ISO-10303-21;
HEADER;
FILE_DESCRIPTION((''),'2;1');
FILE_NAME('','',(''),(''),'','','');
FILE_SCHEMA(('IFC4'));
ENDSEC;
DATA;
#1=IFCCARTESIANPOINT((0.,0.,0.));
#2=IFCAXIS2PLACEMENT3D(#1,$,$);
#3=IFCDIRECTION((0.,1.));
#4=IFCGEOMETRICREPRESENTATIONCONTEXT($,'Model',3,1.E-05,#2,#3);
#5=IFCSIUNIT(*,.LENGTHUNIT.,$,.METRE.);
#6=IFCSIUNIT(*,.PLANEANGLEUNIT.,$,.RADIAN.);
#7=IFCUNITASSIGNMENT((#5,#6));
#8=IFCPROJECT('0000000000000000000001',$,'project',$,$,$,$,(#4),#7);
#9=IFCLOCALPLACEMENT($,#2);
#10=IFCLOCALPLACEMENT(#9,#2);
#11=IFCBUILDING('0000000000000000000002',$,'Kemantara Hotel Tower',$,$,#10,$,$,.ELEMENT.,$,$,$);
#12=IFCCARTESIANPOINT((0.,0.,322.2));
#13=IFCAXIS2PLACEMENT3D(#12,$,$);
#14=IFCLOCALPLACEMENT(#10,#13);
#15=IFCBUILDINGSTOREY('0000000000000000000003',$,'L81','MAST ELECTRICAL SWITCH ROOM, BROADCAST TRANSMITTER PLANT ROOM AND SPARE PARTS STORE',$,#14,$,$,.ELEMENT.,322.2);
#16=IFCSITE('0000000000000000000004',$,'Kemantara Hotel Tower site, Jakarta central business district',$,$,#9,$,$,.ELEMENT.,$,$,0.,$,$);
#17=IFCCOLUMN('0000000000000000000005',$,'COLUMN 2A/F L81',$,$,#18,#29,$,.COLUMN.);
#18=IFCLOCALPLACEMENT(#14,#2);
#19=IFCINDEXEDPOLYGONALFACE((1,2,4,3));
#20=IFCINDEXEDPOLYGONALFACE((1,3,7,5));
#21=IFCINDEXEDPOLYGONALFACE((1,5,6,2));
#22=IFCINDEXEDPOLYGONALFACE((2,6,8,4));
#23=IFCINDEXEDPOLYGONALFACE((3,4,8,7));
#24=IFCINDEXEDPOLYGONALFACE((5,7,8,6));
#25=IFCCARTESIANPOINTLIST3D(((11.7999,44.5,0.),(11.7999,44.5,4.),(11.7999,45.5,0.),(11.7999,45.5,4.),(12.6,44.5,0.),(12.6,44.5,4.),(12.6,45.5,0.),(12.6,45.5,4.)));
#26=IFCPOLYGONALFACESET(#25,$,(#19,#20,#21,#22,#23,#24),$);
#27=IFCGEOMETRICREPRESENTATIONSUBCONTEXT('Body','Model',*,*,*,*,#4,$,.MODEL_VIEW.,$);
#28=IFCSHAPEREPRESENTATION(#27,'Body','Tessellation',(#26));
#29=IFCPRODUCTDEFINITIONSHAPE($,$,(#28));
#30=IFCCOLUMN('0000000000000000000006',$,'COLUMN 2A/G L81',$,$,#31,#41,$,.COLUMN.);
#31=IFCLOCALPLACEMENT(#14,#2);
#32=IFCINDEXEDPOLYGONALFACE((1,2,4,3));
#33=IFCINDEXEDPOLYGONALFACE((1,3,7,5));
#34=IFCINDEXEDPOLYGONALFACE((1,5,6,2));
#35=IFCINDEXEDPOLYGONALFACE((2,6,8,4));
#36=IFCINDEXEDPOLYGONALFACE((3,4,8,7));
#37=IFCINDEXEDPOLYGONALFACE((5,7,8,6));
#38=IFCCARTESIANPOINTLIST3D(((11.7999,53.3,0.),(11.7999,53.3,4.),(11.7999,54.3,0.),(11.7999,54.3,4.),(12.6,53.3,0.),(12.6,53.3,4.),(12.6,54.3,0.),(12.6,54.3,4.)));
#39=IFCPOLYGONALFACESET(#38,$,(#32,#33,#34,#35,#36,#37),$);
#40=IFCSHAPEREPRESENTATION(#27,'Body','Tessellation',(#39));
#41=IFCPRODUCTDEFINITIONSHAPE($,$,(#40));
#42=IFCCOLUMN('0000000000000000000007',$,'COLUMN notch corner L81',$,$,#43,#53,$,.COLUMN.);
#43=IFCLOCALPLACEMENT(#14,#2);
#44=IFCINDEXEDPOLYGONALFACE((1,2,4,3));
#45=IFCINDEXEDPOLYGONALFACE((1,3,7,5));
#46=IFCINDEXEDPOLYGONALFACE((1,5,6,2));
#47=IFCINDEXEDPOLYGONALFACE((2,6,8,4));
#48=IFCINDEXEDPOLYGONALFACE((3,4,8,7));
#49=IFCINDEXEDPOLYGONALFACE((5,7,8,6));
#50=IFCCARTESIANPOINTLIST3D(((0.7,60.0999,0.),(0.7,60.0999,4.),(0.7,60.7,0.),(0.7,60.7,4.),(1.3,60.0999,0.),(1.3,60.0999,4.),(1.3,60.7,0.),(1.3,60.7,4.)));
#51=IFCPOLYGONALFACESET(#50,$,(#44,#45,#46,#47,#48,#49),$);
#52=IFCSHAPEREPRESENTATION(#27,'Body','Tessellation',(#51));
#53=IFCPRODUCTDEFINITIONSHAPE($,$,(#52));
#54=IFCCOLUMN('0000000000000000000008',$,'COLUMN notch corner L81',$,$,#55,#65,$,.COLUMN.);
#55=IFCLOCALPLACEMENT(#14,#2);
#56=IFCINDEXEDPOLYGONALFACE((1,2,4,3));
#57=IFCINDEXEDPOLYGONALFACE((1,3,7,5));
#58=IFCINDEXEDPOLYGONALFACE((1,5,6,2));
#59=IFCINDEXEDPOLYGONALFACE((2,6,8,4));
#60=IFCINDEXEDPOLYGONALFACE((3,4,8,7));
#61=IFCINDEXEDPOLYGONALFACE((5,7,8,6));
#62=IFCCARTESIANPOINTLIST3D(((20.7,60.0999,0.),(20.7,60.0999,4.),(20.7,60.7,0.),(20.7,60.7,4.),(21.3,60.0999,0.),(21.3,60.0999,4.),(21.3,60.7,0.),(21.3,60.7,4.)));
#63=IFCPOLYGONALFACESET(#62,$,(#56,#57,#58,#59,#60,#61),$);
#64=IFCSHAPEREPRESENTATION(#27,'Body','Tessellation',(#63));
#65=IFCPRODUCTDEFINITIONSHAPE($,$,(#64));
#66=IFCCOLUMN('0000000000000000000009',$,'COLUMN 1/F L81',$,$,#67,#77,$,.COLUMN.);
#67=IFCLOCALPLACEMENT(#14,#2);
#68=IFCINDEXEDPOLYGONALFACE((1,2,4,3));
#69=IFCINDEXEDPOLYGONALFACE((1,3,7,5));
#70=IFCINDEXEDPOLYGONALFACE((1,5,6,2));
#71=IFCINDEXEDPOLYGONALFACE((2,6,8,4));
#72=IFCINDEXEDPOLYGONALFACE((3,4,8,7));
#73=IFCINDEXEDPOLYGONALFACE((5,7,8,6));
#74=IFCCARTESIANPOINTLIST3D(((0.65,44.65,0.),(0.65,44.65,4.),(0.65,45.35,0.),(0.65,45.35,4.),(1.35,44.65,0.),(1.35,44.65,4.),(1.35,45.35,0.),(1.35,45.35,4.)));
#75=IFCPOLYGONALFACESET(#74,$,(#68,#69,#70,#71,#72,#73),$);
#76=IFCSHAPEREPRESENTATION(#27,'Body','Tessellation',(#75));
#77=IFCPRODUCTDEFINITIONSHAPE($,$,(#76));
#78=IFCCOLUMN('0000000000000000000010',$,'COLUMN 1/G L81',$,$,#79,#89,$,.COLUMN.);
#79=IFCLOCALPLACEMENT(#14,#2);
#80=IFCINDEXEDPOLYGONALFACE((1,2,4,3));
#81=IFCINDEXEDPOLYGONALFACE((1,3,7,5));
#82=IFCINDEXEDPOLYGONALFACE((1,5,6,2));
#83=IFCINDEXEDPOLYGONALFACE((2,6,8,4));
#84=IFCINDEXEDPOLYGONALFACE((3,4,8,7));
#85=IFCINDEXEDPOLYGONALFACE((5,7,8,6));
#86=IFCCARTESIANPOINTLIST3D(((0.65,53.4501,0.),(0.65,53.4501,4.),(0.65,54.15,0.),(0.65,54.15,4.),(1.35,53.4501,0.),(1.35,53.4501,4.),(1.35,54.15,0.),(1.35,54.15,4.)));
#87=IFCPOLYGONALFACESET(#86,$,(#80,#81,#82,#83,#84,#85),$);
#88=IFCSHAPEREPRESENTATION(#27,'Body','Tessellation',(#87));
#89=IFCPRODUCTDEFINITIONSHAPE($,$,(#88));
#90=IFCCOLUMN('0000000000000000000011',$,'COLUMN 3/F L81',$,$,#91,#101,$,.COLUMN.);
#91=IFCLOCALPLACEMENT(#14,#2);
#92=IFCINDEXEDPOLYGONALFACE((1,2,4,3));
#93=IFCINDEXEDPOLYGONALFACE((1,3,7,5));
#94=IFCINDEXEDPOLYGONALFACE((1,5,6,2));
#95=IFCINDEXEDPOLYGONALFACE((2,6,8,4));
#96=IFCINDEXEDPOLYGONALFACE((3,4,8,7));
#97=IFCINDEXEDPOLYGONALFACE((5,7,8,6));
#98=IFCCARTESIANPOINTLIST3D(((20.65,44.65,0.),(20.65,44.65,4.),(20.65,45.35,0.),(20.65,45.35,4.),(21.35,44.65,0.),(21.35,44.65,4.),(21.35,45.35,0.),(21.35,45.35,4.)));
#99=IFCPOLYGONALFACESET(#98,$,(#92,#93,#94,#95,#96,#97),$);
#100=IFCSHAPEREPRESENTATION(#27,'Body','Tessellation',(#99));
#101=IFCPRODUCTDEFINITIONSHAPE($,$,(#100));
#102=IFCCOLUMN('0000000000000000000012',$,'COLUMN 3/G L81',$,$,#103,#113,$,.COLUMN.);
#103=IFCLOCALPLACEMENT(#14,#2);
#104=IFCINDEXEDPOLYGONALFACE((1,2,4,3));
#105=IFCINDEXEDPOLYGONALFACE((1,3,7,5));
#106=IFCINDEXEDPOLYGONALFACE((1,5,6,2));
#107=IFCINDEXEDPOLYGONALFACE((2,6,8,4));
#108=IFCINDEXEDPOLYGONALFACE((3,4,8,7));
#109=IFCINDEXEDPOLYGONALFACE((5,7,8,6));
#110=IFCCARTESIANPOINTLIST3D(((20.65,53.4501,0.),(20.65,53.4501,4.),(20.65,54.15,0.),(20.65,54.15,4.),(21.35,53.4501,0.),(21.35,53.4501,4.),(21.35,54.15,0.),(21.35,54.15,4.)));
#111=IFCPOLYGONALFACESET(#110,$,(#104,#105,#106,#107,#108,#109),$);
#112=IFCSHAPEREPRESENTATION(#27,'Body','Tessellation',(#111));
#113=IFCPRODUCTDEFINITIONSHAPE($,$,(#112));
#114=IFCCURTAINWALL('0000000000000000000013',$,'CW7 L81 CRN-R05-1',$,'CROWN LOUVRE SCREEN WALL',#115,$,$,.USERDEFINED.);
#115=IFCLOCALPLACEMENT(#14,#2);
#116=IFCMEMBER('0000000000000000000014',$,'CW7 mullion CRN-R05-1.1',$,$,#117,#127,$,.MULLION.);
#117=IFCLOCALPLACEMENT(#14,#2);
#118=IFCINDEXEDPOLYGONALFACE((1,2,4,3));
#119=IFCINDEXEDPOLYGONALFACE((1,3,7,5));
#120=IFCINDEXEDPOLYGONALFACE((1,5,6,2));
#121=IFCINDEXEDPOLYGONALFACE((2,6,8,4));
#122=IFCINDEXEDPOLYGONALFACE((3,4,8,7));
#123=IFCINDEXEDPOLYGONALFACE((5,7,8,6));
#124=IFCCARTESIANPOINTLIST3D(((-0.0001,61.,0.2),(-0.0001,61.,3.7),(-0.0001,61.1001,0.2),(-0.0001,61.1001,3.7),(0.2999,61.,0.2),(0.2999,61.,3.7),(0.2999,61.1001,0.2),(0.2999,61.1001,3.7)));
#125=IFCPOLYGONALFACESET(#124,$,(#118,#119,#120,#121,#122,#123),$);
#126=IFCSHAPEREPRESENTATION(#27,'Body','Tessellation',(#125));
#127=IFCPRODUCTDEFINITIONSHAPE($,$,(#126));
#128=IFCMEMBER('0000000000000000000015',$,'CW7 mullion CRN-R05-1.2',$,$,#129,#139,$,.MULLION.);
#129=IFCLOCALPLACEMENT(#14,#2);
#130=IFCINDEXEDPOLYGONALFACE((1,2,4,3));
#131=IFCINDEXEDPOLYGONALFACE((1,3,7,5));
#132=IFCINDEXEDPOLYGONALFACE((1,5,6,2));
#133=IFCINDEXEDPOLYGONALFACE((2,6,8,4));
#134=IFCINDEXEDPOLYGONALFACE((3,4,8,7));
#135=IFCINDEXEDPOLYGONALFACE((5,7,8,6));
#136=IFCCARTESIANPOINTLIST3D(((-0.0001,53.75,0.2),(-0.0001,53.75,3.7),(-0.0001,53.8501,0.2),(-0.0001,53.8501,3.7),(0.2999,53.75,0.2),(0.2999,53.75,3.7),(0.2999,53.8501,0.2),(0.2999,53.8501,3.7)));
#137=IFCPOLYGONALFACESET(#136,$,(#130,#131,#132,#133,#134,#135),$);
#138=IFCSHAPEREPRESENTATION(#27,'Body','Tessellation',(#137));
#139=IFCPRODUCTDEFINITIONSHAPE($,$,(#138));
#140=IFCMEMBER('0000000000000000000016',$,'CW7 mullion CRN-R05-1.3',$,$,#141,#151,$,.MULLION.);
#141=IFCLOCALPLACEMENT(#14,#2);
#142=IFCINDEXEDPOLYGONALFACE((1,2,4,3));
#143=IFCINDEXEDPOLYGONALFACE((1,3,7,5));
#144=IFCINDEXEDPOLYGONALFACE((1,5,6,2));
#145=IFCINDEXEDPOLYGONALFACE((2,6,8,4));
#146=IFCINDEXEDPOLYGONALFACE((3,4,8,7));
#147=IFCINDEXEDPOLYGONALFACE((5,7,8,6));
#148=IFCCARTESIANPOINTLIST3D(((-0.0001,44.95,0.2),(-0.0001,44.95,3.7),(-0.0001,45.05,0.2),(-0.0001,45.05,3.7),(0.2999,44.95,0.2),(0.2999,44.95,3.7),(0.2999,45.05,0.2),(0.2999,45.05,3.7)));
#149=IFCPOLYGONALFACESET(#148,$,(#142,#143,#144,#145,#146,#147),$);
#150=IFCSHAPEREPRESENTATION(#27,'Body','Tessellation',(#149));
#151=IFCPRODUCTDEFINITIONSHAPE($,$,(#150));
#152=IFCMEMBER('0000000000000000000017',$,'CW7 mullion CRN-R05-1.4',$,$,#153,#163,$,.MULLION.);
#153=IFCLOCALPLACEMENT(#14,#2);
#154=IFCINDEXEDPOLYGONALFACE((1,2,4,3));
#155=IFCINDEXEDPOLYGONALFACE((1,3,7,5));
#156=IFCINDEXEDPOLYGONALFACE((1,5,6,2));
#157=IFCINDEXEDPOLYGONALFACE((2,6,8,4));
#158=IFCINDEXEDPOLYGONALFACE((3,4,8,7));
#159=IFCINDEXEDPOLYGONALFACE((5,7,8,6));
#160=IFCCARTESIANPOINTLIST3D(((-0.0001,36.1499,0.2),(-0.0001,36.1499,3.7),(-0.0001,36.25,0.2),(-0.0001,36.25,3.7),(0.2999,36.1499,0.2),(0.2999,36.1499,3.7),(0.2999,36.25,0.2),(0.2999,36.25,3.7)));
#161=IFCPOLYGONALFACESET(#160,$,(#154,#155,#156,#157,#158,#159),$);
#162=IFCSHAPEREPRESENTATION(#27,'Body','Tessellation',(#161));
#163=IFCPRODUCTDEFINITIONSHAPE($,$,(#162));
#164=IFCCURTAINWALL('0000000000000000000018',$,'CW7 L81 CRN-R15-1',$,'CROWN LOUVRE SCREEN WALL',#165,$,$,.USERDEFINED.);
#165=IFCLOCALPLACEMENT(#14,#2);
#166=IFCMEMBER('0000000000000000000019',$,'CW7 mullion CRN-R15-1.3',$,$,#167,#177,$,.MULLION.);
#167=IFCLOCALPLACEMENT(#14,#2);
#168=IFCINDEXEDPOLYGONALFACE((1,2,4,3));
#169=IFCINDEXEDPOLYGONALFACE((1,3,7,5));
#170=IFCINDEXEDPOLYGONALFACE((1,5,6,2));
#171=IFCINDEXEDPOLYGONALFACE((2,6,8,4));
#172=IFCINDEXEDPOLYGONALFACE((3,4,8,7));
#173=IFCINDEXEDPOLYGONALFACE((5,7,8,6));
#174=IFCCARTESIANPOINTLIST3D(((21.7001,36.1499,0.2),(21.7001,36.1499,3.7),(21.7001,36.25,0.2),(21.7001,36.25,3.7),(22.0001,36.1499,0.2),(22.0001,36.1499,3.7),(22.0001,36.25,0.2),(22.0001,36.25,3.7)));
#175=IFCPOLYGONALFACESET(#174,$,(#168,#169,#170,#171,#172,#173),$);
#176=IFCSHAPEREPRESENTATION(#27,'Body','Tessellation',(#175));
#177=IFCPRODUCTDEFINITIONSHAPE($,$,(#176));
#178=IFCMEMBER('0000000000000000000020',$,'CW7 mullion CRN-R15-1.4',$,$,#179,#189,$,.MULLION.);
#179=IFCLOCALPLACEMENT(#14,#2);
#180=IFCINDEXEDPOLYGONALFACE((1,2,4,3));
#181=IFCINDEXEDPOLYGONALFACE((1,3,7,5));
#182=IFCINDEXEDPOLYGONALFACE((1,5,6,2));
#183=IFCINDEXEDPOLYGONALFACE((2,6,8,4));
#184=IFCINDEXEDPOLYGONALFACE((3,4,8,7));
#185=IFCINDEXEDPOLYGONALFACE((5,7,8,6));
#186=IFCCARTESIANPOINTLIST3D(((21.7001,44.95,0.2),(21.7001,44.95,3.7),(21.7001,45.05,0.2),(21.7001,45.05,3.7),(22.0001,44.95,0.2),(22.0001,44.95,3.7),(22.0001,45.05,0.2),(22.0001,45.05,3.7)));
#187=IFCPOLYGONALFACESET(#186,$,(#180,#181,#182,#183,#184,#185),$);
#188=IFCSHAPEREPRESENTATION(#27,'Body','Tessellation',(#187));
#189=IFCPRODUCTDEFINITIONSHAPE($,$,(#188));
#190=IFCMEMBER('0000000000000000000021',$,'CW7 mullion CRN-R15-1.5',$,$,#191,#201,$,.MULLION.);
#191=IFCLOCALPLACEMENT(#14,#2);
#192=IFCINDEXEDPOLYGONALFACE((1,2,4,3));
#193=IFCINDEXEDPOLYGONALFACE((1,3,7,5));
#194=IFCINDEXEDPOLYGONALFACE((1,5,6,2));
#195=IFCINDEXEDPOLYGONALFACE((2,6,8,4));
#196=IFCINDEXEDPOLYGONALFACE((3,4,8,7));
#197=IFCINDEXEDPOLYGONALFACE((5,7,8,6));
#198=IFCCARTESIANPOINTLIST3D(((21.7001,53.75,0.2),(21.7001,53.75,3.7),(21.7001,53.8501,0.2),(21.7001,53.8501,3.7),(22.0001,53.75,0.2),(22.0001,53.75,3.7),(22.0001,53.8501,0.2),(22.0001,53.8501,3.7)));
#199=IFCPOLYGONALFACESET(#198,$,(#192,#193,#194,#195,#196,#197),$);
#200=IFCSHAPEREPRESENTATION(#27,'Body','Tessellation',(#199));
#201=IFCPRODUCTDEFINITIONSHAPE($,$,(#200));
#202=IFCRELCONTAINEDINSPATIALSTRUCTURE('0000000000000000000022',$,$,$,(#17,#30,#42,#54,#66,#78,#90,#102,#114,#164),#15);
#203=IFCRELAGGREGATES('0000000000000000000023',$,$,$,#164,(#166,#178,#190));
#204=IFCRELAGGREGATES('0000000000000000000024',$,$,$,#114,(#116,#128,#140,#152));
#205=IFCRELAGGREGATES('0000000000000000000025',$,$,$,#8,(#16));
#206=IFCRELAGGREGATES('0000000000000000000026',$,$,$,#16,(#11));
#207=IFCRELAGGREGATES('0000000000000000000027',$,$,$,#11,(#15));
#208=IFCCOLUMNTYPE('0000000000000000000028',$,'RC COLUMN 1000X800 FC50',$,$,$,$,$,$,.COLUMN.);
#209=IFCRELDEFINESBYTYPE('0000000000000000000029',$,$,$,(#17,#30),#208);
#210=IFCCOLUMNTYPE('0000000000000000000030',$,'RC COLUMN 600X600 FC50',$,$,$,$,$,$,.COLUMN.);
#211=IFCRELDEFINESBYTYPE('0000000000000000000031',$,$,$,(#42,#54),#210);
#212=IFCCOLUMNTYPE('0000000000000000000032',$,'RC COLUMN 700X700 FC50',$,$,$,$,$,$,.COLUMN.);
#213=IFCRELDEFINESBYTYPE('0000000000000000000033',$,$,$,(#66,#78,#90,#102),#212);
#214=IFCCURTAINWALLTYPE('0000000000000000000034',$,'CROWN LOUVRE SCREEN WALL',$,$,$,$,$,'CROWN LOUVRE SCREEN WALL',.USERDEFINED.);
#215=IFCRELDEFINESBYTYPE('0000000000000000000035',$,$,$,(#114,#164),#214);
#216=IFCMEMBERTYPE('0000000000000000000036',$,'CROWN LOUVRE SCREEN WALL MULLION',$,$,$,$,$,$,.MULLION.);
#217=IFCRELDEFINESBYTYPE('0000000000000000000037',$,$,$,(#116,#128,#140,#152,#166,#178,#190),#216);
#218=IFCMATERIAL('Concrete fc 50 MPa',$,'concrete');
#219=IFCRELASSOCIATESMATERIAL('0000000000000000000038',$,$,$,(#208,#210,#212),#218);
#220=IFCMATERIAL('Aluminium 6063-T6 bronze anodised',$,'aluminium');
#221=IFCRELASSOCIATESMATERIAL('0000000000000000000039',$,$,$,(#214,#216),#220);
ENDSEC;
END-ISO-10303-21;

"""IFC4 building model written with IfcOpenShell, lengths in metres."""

from ifc_helpers import new_model, si_unit, direction, frame, origin, origin_2d, place, context, subcontext, project, spatial, rectangle, extrude, source, transform, mapped, material, material_profile, profile_set, type_object, element, aggregate, save


model = new_model("IFC4")

# Units and contexts
model_context = context("Model", 3, precision=1e-05, world=origin(), true_north=direction((0.0, 1.0)))
body_context = subcontext(model_context, "Body", "Model", "MODEL_VIEW")
ifc_project = project(units=[si_unit("LENGTHUNIT", "METRE"), si_unit("PLANEANGLEUNIT", "RADIAN")], contexts=[model_context])

# Site, building, storey
site_placement = place(None, origin())
site = spatial("IfcSite", under=ifc_project, at=site_placement, Name="Kemantara Hotel Tower site, Jakarta central business district", CompositionType="ELEMENT", RefElevation=0.0)
building_placement = place(site_placement, origin())
building = spatial("IfcBuilding", under=site, at=building_placement, Name="Kemantara Hotel Tower", CompositionType="ELEMENT")
storey_placement = place(building_placement, frame((0.0, 0.0, 322.2)))
storey = spatial("IfcBuildingStorey", under=building, at=storey_placement, Name="L81", Description="MAST ELECTRICAL SWITCH ROOM, BROADCAST TRANSMITTER PLANT ROOM AND SPARE PARTS STORE", CompositionType="ELEMENT", Elevation=322.2)

# Columns
ifc_material_1 = material(Name="Concrete fc 50 MPa", Category="concrete")
ifc_material_profile_1 = material_profile(ifc_material_1, rectangle(XDim=1.0, YDim=0.8, at=origin_2d()), Name="RC 1000X800")
ifc_profile_set_1 = profile_set([ifc_material_profile_1], Name="Concrete fc 50 MPa")
column_type_1 = type_object("IfcColumnType", Name="RC COLUMN 1000X800 FC50", PredefinedType="COLUMN", material=ifc_profile_set_1)
for number, where, z_axis, x_axis, name in (
    (1, (12.2, 45.0, 0.0), (0.0, 0.0, 1.0), (0.0, 1.0, 0.0), "COLUMN 2A/F L81"),
    (2, (12.2, 53.8, 0.0), (0.0, 0.0, 1.0), (0.0, 1.0, 0.0), "COLUMN 2A/G L81"),
):
    element("IfcColumn", number, at=place(storey_placement, frame(where, z_axis=z_axis, x_axis=x_axis)), inside=storey, type_object=column_type_1, Name=name, PredefinedType="COLUMN", context=body_context, shape_type="SweptSolid", body=[
        extrude(rectangle(XDim=1.0, YDim=0.8, at=origin_2d()), origin(), (0.0, 0.0, 1.0), 4.0),
    ])
ifc_material_profile_2 = material_profile(ifc_material_1, rectangle(XDim=0.6001, YDim=0.6001, at=origin_2d()), Name="RC 600X600")
ifc_profile_set_2 = profile_set([ifc_material_profile_2], Name="Concrete fc 50 MPa")
column_type_2 = type_object("IfcColumnType", Name="RC COLUMN 600X600 FC50", PredefinedType="COLUMN", material=ifc_profile_set_2)
for number, where, z_axis, x_axis, name in (
    (3, (1.0, 60.3999, 0.0), (0.0, 0.0, 1.0), (1.0, 0.0, 0.0), "COLUMN notch corner L81"),
    (4, (21.0, 60.3999, 0.0), (0.0, 0.0, 1.0), (1.0, 0.0, 0.0), "COLUMN notch corner L81"),
):
    element("IfcColumn", number, at=place(storey_placement, frame(where, z_axis=z_axis, x_axis=x_axis)), inside=storey, type_object=column_type_2, Name=name, PredefinedType="COLUMN", context=body_context, shape_type="SweptSolid", body=[
        extrude(rectangle(XDim=0.6001, YDim=0.6001, at=origin_2d()), origin(), (0.0, 0.0, 1.0), 4.0),
    ])
ifc_material_profile_3 = material_profile(ifc_material_1, rectangle(XDim=0.7, YDim=0.7, at=origin_2d()), Name="RC 700X700")
ifc_profile_set_3 = profile_set([ifc_material_profile_3], Name="Concrete fc 50 MPa")
column_type_3 = type_object("IfcColumnType", Name="RC COLUMN 700X700 FC50", PredefinedType="COLUMN", material=ifc_profile_set_3)
for number, where, z_axis, x_axis, name in (
    (5, (1.0, 45.0, 0.0), (0.0, 0.0, 1.0), (1.0, 0.0, 0.0), "COLUMN 1/F L81"),
    (6, (1.0, 53.8, 0.0), (0.0, 0.0, 1.0), (1.0, 0.0, 0.0), "COLUMN 1/G L81"),
    (7, (21.0, 45.0, 0.0), (0.0, 0.0, 1.0), (1.0, 0.0, 0.0), "COLUMN 3/F L81"),
    (8, (21.0, 53.8, 0.0), (0.0, 0.0, 1.0), (1.0, 0.0, 0.0), "COLUMN 3/G L81"),
):
    element("IfcColumn", number, at=place(storey_placement, frame(where, z_axis=z_axis, x_axis=x_axis)), inside=storey, type_object=column_type_3, Name=name, PredefinedType="COLUMN", context=body_context, shape_type="SweptSolid", body=[
        extrude(rectangle(XDim=0.7, YDim=0.7, at=origin_2d()), origin(), (0.0, 0.0, 1.0), 4.0),
    ])

# Curtain walls, members
ifc_material_2 = material(Name="Aluminium 6063-T6 bronze anodised", Category="aluminium")
curtain_wall_type = type_object("IfcCurtainWallType", Name="CROWN LOUVRE SCREEN WALL", ElementType="CROWN LOUVRE SCREEN WALL", PredefinedType="USERDEFINED", material=ifc_material_2)
curtain_wall_1_placement = place(storey_placement, origin())
curtain_wall_1 = element("IfcCurtainWall", 9, at=curtain_wall_1_placement, inside=storey, type_object=curtain_wall_type, Name="CW7 L81 CRN-R05-1", ObjectType="CROWN LOUVRE SCREEN WALL", PredefinedType="USERDEFINED")
ifc_material_profile_4 = material_profile(ifc_material_2, rectangle(XDim=0.3, YDim=0.1001, at=origin_2d()), Name="CROWN LOUVRE SCREEN WALL MULLION")
ifc_profile_set_4 = profile_set([ifc_material_profile_4], Name="Aluminium 6063-T6 bronze anodised")
member_type = type_object("IfcMemberType", Name="CROWN LOUVRE SCREEN WALL MULLION", PredefinedType="MULLION", material=ifc_profile_set_4)
shared_shape_1 = source(origin(), body_context, "Body", "SweptSolid", [
    extrude(rectangle(XDim=0.3, YDim=0.1001, at=origin_2d()), origin(), (0.0, 0.0, 1.0), 3.5),
])
member_1_placement = place(storey_placement, frame((0.1499, 61.05, 0.2), z_axis=(0.0, 0.0, 1.0), x_axis=(1.0, 0.0, 0.0)))
member_1 = element("IfcMember", 10, at=member_1_placement, type_object=member_type, Name="CW7 mullion CRN-R05-1.1", PredefinedType="MULLION", context=body_context, shape_type="MappedRepresentation", body=[
    mapped(shared_shape_1, transform((0.0, 0.0, 0.0))),
])
member_2_placement = place(storey_placement, frame((0.1499, 53.8, 0.2), z_axis=(0.0, 0.0, 1.0), x_axis=(1.0, 0.0, 0.0)))
member_2 = element("IfcMember", 11, at=member_2_placement, type_object=member_type, Name="CW7 mullion CRN-R05-1.2", PredefinedType="MULLION", context=body_context, shape_type="MappedRepresentation", body=[
    mapped(shared_shape_1, transform((0.0, 0.0, 0.0))),
])
member_3_placement = place(storey_placement, frame((0.1499, 45.0, 0.2), z_axis=(0.0, 0.0, 1.0), x_axis=(1.0, 0.0, 0.0)))
member_3 = element("IfcMember", 12, at=member_3_placement, type_object=member_type, Name="CW7 mullion CRN-R05-1.3", PredefinedType="MULLION", context=body_context, shape_type="MappedRepresentation", body=[
    mapped(shared_shape_1, transform((0.0, 0.0, 0.0))),
])
member_4_placement = place(storey_placement, frame((0.1499, 36.2, 0.2), z_axis=(0.0, 0.0, 1.0), x_axis=(1.0, 0.0, 0.0)))
member_4 = element("IfcMember", 13, at=member_4_placement, type_object=member_type, Name="CW7 mullion CRN-R05-1.4", PredefinedType="MULLION", context=body_context, shape_type="MappedRepresentation", body=[
    mapped(shared_shape_1, transform((0.0, 0.0, 0.0))),
])
curtain_wall_2_placement = place(storey_placement, origin())
curtain_wall_2 = element("IfcCurtainWall", 14, at=curtain_wall_2_placement, inside=storey, type_object=curtain_wall_type, Name="CW7 L81 CRN-R15-1", ObjectType="CROWN LOUVRE SCREEN WALL", PredefinedType="USERDEFINED")
member_5_placement = place(storey_placement, frame((21.8501, 36.2, 0.2), z_axis=(0.0, 0.0, 1.0), x_axis=(-1.0, 0.0, 0.0)))
member_5 = element("IfcMember", 15, at=member_5_placement, type_object=member_type, Name="CW7 mullion CRN-R15-1.3", PredefinedType="MULLION", context=body_context, shape_type="MappedRepresentation", body=[
    mapped(shared_shape_1, transform((0.0, 0.0, 0.0))),
])
member_6_placement = place(storey_placement, frame((21.8501, 45.0, 0.2), z_axis=(0.0, 0.0, 1.0), x_axis=(-1.0, 0.0, 0.0)))
member_6 = element("IfcMember", 16, at=member_6_placement, type_object=member_type, Name="CW7 mullion CRN-R15-1.4", PredefinedType="MULLION", context=body_context, shape_type="MappedRepresentation", body=[
    mapped(shared_shape_1, transform((0.0, 0.0, 0.0))),
])
member_7_placement = place(storey_placement, frame((21.8501, 53.8, 0.2), z_axis=(0.0, 0.0, 1.0), x_axis=(-1.0, 0.0, 0.0)))
member_7 = element("IfcMember", 17, at=member_7_placement, type_object=member_type, Name="CW7 mullion CRN-R15-1.5", PredefinedType="MULLION", context=body_context, shape_type="MappedRepresentation", body=[
    mapped(shared_shape_1, transform((0.0, 0.0, 0.0))),
])

aggregate(curtain_wall_2, [member_5, member_6, member_7])
aggregate(curtain_wall_1, [member_1, member_2, member_3, member_4])

save(model, "model.ifc")
